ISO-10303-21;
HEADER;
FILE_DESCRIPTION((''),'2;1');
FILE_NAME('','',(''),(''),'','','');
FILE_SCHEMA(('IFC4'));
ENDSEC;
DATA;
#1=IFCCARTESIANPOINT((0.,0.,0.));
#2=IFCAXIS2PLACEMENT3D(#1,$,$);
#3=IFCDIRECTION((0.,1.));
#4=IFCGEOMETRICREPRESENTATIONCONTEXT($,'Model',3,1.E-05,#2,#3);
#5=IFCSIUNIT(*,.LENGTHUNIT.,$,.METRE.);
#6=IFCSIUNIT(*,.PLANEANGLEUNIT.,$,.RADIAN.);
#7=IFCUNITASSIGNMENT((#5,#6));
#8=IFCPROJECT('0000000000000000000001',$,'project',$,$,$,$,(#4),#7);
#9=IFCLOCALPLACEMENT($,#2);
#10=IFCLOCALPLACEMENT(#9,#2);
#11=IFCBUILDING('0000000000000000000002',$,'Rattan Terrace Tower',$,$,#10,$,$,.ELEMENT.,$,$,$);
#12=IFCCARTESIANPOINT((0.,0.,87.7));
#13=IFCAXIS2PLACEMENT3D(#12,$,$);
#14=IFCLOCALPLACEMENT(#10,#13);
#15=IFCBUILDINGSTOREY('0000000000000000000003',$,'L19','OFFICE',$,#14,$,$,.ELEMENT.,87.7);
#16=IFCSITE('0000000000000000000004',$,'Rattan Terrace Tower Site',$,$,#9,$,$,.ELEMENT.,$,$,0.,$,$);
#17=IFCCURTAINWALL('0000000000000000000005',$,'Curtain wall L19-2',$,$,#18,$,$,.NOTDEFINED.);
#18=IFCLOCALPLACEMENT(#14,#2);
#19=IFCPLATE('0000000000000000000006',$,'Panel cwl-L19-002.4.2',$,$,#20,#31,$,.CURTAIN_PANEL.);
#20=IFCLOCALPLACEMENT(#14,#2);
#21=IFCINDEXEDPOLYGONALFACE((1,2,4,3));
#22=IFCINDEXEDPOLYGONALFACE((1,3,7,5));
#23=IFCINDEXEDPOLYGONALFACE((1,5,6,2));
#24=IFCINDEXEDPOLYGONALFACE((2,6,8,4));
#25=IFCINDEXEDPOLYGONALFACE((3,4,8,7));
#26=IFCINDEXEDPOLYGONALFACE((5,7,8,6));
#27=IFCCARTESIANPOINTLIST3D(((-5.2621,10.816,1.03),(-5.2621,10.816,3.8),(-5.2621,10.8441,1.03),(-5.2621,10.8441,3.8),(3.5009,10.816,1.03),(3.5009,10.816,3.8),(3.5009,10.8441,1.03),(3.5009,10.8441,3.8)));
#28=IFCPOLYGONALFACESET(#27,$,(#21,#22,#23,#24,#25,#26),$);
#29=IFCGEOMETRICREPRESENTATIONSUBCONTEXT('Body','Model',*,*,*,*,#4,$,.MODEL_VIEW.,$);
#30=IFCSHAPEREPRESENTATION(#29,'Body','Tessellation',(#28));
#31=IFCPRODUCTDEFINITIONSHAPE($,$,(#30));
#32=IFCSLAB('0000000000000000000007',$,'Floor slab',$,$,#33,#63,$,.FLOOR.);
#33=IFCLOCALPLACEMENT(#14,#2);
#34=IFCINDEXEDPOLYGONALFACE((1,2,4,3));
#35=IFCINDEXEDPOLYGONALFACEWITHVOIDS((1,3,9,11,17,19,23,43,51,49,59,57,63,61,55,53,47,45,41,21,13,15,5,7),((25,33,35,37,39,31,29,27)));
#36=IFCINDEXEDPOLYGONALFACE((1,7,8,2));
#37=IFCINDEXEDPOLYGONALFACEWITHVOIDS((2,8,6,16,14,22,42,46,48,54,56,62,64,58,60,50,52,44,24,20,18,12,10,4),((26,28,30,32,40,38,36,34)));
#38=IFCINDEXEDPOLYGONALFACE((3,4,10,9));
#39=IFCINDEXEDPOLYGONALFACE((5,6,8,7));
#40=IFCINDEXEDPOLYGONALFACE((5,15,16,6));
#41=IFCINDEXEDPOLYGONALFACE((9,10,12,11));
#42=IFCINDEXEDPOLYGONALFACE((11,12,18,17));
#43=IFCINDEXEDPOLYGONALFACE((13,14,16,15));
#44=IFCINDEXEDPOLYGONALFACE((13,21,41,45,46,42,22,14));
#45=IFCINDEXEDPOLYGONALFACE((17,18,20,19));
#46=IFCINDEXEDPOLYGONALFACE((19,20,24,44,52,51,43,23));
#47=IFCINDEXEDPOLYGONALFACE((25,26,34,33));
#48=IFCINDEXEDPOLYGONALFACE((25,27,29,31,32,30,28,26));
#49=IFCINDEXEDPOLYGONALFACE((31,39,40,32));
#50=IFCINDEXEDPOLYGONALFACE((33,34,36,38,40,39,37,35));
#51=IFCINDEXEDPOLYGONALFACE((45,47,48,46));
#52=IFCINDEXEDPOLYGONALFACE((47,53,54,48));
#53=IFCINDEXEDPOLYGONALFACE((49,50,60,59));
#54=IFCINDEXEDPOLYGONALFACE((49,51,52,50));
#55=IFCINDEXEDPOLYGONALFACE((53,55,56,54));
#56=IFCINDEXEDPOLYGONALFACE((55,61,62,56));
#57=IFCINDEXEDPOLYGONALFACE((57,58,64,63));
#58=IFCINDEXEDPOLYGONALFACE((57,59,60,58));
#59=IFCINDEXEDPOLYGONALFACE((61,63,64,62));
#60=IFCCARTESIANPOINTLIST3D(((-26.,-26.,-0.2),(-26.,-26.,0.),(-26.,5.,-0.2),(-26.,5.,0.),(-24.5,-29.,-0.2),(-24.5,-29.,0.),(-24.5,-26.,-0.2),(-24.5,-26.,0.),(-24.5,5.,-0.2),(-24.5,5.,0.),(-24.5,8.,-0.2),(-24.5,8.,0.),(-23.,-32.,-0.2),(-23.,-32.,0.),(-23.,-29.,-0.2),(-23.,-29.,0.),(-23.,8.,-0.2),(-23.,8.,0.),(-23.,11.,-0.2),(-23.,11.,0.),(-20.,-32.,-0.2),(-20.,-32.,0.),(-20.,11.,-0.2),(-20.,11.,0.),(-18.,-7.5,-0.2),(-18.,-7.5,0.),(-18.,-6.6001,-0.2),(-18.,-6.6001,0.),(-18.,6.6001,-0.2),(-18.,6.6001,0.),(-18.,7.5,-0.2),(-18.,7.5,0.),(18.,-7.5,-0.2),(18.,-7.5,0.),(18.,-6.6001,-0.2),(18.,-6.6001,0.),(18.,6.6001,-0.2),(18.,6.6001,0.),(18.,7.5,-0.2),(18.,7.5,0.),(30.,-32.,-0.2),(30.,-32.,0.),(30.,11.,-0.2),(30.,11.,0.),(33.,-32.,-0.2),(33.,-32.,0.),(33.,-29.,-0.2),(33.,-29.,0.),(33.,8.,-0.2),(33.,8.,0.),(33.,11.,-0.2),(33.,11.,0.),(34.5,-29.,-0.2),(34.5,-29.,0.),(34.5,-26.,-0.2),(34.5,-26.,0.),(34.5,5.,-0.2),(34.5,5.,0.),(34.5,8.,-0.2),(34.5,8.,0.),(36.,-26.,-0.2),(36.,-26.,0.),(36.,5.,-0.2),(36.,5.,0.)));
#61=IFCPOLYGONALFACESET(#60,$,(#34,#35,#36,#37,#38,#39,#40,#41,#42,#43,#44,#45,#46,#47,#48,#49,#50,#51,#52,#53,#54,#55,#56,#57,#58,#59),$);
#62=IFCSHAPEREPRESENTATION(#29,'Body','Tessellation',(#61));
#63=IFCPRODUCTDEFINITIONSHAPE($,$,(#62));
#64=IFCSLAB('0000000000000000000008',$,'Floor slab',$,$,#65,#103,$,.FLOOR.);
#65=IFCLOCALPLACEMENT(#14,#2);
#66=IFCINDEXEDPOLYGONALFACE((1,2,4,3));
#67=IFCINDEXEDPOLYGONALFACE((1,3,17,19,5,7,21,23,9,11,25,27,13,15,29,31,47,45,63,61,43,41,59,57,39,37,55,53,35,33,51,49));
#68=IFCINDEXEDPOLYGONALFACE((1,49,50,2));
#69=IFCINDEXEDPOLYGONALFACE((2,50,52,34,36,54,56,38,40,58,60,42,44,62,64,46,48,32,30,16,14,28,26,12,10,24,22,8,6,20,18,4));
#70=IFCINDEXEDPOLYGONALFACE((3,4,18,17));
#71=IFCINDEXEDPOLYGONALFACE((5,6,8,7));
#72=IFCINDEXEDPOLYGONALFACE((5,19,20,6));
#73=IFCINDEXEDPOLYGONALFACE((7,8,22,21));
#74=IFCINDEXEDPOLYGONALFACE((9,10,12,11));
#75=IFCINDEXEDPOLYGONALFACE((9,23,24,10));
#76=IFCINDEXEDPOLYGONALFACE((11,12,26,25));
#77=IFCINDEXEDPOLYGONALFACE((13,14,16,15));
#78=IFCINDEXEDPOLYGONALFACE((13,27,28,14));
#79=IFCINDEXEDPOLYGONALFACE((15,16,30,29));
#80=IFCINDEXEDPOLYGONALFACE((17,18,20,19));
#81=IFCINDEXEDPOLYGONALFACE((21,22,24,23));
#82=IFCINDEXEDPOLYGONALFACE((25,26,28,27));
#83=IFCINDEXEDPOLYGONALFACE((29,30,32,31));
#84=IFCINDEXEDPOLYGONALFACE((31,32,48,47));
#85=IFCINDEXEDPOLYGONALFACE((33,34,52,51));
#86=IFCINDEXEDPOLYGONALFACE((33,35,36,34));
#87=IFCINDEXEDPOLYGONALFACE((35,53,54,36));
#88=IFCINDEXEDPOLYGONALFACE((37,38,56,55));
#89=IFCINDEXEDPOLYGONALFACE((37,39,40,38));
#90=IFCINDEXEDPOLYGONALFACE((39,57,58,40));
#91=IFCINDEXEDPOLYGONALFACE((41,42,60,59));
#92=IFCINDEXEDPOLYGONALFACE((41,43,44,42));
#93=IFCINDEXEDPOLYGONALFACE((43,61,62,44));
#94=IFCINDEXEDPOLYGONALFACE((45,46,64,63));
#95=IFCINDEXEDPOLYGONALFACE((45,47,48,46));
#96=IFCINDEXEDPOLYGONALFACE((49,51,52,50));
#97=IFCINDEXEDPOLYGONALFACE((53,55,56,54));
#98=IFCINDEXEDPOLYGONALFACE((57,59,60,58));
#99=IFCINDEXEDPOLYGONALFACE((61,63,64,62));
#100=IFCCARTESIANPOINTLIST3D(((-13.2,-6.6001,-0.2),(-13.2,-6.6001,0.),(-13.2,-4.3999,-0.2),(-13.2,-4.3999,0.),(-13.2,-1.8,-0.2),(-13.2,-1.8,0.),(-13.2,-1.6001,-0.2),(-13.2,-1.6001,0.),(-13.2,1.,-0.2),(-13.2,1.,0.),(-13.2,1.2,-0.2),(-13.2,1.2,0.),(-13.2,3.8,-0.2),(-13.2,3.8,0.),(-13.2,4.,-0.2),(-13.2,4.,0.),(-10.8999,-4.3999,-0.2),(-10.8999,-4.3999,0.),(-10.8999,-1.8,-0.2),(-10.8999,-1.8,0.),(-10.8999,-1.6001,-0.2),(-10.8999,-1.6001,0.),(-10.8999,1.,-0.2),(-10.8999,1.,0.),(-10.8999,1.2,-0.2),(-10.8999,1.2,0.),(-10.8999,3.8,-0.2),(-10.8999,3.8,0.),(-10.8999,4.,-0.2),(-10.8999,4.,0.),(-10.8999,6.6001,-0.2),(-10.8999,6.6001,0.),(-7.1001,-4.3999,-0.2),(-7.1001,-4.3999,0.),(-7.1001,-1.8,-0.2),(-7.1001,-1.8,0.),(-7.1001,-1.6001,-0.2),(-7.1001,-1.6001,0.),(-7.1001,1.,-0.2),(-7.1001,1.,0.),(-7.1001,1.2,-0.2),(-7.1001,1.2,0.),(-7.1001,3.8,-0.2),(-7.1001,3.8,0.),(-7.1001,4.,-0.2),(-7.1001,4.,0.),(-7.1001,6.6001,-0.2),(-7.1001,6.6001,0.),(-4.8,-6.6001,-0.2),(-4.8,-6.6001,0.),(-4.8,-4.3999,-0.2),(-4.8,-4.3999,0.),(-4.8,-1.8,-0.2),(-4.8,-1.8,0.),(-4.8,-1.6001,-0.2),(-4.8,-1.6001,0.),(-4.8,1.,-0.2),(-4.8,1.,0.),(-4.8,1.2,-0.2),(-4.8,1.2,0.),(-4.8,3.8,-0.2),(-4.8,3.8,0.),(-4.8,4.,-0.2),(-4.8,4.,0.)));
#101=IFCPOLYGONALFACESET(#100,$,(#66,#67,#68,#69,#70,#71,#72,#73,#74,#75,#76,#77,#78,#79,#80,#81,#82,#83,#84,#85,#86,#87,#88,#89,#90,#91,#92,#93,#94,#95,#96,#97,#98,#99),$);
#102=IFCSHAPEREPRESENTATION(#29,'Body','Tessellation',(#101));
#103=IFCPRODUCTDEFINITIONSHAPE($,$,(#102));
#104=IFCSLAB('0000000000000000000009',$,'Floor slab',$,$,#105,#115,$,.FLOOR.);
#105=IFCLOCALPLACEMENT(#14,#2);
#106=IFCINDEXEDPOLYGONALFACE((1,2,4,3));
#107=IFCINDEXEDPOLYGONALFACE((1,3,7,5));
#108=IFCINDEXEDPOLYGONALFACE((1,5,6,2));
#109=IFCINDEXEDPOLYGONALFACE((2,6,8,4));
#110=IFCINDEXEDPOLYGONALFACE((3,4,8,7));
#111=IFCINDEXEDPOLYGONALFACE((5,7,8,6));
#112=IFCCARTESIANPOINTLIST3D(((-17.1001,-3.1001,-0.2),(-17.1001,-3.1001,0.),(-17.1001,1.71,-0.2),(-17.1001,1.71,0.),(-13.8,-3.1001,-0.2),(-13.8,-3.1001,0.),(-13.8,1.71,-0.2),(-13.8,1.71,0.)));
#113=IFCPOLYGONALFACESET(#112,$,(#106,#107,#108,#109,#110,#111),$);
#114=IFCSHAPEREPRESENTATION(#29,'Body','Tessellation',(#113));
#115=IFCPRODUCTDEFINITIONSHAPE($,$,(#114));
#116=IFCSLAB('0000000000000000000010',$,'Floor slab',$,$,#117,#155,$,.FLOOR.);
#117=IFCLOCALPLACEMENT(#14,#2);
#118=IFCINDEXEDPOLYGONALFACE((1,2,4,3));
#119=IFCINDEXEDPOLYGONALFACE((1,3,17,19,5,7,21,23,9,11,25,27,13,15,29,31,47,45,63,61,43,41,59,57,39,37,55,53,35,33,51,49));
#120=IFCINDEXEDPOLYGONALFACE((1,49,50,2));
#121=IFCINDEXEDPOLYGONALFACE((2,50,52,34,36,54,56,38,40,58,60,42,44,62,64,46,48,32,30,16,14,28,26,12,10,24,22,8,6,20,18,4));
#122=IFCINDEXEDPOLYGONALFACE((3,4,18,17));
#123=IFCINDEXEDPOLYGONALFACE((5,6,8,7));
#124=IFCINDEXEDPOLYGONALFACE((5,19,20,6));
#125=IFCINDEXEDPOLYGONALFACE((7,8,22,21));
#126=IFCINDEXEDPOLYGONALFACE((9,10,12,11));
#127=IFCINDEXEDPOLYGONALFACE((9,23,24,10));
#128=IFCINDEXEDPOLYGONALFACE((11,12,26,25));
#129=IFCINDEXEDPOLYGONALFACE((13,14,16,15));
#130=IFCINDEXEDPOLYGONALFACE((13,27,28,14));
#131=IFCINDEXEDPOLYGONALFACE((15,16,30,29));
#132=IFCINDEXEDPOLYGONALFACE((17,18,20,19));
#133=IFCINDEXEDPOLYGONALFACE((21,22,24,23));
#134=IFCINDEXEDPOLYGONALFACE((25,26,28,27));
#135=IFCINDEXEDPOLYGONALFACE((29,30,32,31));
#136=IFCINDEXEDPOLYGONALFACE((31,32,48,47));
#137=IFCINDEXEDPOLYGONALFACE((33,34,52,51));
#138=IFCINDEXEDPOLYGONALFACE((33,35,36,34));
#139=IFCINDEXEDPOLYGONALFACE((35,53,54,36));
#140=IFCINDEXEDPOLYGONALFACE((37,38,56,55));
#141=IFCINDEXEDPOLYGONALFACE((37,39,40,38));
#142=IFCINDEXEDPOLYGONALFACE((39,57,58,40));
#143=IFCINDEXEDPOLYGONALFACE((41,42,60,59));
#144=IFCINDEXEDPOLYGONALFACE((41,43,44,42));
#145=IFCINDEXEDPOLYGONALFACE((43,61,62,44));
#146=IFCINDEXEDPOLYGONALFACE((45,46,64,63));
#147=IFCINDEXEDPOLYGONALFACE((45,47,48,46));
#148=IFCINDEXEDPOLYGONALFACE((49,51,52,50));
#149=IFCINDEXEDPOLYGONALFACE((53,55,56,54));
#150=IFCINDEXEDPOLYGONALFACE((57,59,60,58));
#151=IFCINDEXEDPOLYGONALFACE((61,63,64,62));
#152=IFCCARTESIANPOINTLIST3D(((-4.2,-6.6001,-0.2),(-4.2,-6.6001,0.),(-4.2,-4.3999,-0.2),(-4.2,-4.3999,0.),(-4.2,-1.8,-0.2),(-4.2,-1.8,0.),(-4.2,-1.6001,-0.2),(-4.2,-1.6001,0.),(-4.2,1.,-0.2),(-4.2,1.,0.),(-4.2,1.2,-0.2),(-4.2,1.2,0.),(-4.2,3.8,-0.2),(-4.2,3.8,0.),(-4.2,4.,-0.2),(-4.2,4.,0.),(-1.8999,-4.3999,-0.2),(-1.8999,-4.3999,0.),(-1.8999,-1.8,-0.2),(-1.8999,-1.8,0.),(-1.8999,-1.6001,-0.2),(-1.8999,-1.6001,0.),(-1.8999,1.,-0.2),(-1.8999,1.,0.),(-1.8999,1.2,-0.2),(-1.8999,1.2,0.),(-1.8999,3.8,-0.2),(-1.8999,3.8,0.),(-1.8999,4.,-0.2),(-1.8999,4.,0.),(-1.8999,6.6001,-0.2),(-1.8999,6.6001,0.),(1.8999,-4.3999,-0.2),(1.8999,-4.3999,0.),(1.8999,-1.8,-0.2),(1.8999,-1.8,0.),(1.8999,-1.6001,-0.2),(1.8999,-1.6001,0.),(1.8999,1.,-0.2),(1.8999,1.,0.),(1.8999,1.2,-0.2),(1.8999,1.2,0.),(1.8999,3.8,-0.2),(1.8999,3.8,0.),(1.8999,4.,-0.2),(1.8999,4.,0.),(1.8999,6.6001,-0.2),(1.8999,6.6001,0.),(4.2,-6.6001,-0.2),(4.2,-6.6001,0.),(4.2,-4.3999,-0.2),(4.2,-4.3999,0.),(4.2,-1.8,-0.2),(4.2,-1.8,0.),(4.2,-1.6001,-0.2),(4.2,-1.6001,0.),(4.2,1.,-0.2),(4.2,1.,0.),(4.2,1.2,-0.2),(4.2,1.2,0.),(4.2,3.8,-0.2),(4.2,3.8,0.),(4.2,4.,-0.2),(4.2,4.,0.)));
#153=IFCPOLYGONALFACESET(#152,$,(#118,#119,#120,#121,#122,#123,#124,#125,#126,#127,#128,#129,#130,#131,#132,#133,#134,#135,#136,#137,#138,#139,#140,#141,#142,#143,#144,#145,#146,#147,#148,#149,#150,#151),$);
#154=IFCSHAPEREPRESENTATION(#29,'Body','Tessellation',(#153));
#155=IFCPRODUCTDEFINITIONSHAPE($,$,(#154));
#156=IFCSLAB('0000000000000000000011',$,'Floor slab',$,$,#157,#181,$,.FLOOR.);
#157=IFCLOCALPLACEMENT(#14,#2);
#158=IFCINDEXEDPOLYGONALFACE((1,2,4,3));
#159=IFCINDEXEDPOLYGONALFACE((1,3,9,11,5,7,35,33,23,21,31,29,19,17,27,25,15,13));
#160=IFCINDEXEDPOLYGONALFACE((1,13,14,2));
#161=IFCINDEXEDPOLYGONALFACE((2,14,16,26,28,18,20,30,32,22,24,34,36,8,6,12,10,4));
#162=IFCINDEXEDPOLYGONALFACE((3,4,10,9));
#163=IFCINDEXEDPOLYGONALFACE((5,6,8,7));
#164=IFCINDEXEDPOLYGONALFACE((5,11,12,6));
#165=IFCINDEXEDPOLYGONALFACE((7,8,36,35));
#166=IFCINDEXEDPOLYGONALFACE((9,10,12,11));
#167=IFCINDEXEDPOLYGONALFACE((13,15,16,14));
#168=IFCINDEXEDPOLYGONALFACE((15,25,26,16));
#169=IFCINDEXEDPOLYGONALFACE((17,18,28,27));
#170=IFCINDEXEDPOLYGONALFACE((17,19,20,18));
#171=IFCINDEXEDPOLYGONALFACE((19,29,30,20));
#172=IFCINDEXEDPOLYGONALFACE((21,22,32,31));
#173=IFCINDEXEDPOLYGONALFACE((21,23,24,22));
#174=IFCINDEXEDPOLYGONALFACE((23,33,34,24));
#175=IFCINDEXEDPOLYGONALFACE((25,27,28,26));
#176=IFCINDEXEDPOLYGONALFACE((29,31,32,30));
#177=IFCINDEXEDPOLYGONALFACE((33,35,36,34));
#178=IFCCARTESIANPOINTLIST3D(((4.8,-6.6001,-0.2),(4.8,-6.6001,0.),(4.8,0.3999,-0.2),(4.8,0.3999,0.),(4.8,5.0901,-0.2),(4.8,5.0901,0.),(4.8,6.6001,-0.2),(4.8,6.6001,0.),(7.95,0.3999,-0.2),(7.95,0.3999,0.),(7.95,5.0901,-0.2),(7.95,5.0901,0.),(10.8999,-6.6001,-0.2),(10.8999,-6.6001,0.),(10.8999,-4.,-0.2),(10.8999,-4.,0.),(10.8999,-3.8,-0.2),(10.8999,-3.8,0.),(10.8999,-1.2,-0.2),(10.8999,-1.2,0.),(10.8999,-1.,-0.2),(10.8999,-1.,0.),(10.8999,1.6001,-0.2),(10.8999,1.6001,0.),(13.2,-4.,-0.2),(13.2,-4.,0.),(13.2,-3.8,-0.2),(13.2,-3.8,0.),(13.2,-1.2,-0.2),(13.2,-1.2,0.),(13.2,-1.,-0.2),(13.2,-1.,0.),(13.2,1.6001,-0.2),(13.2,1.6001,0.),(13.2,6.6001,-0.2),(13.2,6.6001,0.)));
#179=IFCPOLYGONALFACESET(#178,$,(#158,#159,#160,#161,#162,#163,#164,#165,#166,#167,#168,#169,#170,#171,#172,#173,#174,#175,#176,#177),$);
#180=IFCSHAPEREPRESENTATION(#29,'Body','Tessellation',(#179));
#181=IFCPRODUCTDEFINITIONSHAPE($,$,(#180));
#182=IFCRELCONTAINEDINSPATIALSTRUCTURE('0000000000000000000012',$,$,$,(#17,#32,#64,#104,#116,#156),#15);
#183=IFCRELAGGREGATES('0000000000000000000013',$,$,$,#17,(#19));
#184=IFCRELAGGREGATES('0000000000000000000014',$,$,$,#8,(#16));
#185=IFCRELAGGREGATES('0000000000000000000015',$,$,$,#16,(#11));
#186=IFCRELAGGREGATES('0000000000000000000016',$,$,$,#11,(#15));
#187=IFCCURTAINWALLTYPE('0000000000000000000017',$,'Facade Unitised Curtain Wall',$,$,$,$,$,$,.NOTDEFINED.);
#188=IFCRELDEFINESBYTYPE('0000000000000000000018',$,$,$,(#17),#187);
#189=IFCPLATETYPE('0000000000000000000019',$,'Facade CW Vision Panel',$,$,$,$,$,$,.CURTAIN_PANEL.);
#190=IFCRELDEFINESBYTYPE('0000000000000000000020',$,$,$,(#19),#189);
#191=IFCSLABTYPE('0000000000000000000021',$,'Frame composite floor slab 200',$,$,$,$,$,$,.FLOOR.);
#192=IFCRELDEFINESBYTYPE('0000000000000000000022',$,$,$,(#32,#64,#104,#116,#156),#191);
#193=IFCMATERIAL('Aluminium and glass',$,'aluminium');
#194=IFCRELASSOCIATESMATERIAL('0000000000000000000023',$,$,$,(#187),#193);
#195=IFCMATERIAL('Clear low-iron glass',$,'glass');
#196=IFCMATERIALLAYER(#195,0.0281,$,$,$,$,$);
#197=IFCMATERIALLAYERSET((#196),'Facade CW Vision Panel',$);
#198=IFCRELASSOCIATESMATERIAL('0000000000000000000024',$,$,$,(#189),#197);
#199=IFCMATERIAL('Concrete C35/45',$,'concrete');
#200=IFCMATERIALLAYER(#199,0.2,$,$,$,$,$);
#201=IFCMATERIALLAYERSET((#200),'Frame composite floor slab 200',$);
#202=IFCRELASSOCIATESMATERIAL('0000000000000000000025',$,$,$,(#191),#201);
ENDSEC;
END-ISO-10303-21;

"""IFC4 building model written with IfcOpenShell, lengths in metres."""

from ifc_helpers import new_model, si_unit, direction, frame, origin, origin_2d, place, context, subcontext, project, spatial, polyline, rectangle, outline, extrude, material, layer, layer_set, type_object, element, aggregate, save


model = new_model("IFC4")

# Units and contexts
model_context = context("Model", 3, precision=1e-05, world=origin(), true_north=direction((0.0, 1.0)))
body_context = subcontext(model_context, "Body", "Model", "MODEL_VIEW")
ifc_project = project(units=[si_unit("LENGTHUNIT", "METRE"), si_unit("PLANEANGLEUNIT", "RADIAN")], contexts=[model_context])

# Site, building, storey
site_placement = place(None, origin())
site = spatial("IfcSite", under=ifc_project, at=site_placement, Name="Rattan Terrace Tower Site", CompositionType="ELEMENT", RefElevation=0.0)
building_placement = place(site_placement, origin())
building = spatial("IfcBuilding", under=site, at=building_placement, Name="Rattan Terrace Tower", CompositionType="ELEMENT")
storey_placement = place(building_placement, frame((0.0, 0.0, 87.7)))
storey = spatial("IfcBuildingStorey", under=building, at=storey_placement, Name="L19", Description="OFFICE", CompositionType="ELEMENT", Elevation=87.7)

# Curtain wall
ifc_material_1 = material(Name="Aluminium and glass", Category="aluminium")
curtain_wall_type = type_object("IfcCurtainWallType", Name="Facade Unitised Curtain Wall", PredefinedType="NOTDEFINED", material=ifc_material_1)
curtain_wall_placement = place(storey_placement, origin())
curtain_wall = element("IfcCurtainWall", 1, at=curtain_wall_placement, inside=storey, type_object=curtain_wall_type, Name="Curtain wall L19-2", PredefinedType="NOTDEFINED")

# Plate
ifc_material_2 = material(Name="Clear low-iron glass", Category="glass")
ifc_layer_1 = layer(ifc_material_2, 0.0281)
ifc_layer_set_1 = layer_set([ifc_layer_1], Name="Facade CW Vision Panel")
plate_type_1 = type_object("IfcPlateType", Name="Facade CW Vision Panel", PredefinedType="CURTAIN_PANEL", material=ifc_layer_set_1)
plate_1_placement = place(storey_placement, frame((-0.8806, 10.8301, 1.03), z_axis=(0.0, 0.0, 1.0), x_axis=(-1.0, 0.0, 0.0)))
plate_1 = element("IfcPlate", 2, at=plate_1_placement, type_object=plate_type_1, Name="Panel cwl-L19-002.4.2", PredefinedType="CURTAIN_PANEL", context=body_context, shape_type="SweptSolid", body=[
    extrude(rectangle(XDim=8.7629, YDim=0.0281, at=origin_2d()), origin(), (0.0, 0.0, 1.0), 2.77),
])
aggregate(curtain_wall, [plate_1])

# Slabs
ifc_material_3 = material(Name="Concrete C35/45", Category="concrete")
ifc_layer_2 = layer(ifc_material_3, 0.2)
ifc_layer_set_2 = layer_set([ifc_layer_2], Name="Frame composite floor slab 200")
slab_type_1 = type_object("IfcSlabType", Name="Frame composite floor slab 200", PredefinedType="FLOOR", material=ifc_layer_set_2)
slab_1_placement = place(storey_placement, frame((0.0, 0.0, -0.2)))
element("IfcSlab", 3, at=slab_1_placement, inside=storey, type_object=slab_type_1, Name="Floor slab", PredefinedType="FLOOR", context=body_context, shape_type="SweptSolid", body=[
    extrude(outline(polyline([(-20.0, -32.0), (30.0, -32.0), (33.0, -32.0), (33.0, -29.0), (34.5, -29.0), (34.5, -26.0), (36.0, -26.0), (36.0, 5.0), (34.5, 5.0), (34.5, 8.0), (33.0, 8.0), (33.0, 11.0), (30.0, 11.0), (-20.0, 11.0), (-23.0, 11.0), (-23.0, 8.0), (-24.5, 8.0), (-24.5, 5.0), (-26.0, 5.0), (-26.0, -26.0), (-24.5, -26.0), (-24.5, -29.0), (-23.0, -29.0), (-23.0, -32.0), (-20.0, -32.0)]), holes=[polyline([(-18.0, -6.6001), (-18.0, -7.5), (18.0, -7.5), (18.0, -6.6001), (18.0, 6.6001), (18.0, 7.5), (-18.0, 7.5), (-18.0, 6.6001), (-18.0, -6.6001)])]), origin(), (0.0, 0.0, 1.0), 0.2),
])
slab_2_placement = place(storey_placement, frame((0.0, 0.0, -0.2)))
element("IfcSlab", 4, at=slab_2_placement, inside=storey, type_object=slab_type_1, Name="Floor slab", PredefinedType="FLOOR", context=body_context, shape_type="SweptSolid", body=[
    extrude(outline(polyline([(-10.8999, 6.6001), (-10.8999, 4.0), (-13.2, 4.0), (-13.2, 3.8), (-10.8999, 3.8), (-10.8999, 1.2), (-13.2, 1.2), (-13.2, 1.0), (-10.8999, 1.0), (-10.8999, -1.6001), (-13.2, -1.6001), (-13.2, -1.8), (-10.8999, -1.8), (-10.8999, -4.3999), (-13.2, -4.3999), (-13.2, -6.6001), (-4.8, -6.6001), (-4.8, -4.3999), (-7.1001, -4.3999), (-7.1001, -1.8), (-4.8, -1.8), (-4.8, -1.6001), (-7.1001, -1.6001), (-7.1001, 1.0), (-4.8, 1.0), (-4.8, 1.2), (-7.1001, 1.2), (-7.1001, 3.8), (-4.8, 3.8), (-4.8, 4.0), (-7.1001, 4.0), (-7.1001, 6.6001), (-10.8999, 6.6001)])), origin(), (0.0, 0.0, 1.0), 0.2),
])
slab_3_placement = place(storey_placement, frame((0.0, 0.0, -0.2)))
element("IfcSlab", 5, at=slab_3_placement, inside=storey, type_object=slab_type_1, Name="Floor slab", PredefinedType="FLOOR", context=body_context, shape_type="SweptSolid", body=[
    extrude(outline(polyline([(-17.1001, -3.1001), (-13.8, -3.1001), (-13.8, 1.71), (-17.1001, 1.71), (-17.1001, -3.1001)])), origin(), (0.0, 0.0, 1.0), 0.2),
])
slab_4_placement = place(storey_placement, frame((0.0, 0.0, -0.2)))
element("IfcSlab", 6, at=slab_4_placement, inside=storey, type_object=slab_type_1, Name="Floor slab", PredefinedType="FLOOR", context=body_context, shape_type="SweptSolid", body=[
    extrude(outline(polyline([(-4.2, 4.0), (-4.2, 3.8), (-1.8999, 3.8), (-1.8999, 1.2), (-4.2, 1.2), (-4.2, 1.0), (-1.8999, 1.0), (-1.8999, -1.6001), (-4.2, -1.6001), (-4.2, -1.8), (-1.8999, -1.8), (-1.8999, -4.3999), (-4.2, -4.3999), (-4.2, -6.6001), (4.2, -6.6001), (4.2, -4.3999), (1.8999, -4.3999), (1.8999, -1.8), (4.2, -1.8), (4.2, -1.6001), (1.8999, -1.6001), (1.8999, 1.0), (4.2, 1.0), (4.2, 1.2), (1.8999, 1.2), (1.8999, 3.8), (4.2, 3.8), (4.2, 4.0), (1.8999, 4.0), (1.8999, 6.6001), (-1.8999, 6.6001), (-1.8999, 4.0), (-4.2, 4.0)])), origin(), (0.0, 0.0, 1.0), 0.2),
])
slab_5_placement = place(storey_placement, frame((0.0, 0.0, -0.2)))
element("IfcSlab", 7, at=slab_5_placement, inside=storey, type_object=slab_type_1, Name="Floor slab", PredefinedType="FLOOR", context=body_context, shape_type="SweptSolid", body=[
    extrude(outline(polyline([(4.8, 5.0901), (7.95, 5.0901), (7.95, 0.3999), (4.8, 0.3999), (4.8, -6.6001), (10.8999, -6.6001), (10.8999, -4.0), (13.2, -4.0), (13.2, -3.8), (10.8999, -3.8), (10.8999, -1.2), (13.2, -1.2), (13.2, -1.0), (10.8999, -1.0), (10.8999, 1.6001), (13.2, 1.6001), (13.2, 6.6001), (4.8, 6.6001), (4.8, 5.0901)])), origin(), (0.0, 0.0, 1.0), 0.2),
])

save(model, "model.ifc")
